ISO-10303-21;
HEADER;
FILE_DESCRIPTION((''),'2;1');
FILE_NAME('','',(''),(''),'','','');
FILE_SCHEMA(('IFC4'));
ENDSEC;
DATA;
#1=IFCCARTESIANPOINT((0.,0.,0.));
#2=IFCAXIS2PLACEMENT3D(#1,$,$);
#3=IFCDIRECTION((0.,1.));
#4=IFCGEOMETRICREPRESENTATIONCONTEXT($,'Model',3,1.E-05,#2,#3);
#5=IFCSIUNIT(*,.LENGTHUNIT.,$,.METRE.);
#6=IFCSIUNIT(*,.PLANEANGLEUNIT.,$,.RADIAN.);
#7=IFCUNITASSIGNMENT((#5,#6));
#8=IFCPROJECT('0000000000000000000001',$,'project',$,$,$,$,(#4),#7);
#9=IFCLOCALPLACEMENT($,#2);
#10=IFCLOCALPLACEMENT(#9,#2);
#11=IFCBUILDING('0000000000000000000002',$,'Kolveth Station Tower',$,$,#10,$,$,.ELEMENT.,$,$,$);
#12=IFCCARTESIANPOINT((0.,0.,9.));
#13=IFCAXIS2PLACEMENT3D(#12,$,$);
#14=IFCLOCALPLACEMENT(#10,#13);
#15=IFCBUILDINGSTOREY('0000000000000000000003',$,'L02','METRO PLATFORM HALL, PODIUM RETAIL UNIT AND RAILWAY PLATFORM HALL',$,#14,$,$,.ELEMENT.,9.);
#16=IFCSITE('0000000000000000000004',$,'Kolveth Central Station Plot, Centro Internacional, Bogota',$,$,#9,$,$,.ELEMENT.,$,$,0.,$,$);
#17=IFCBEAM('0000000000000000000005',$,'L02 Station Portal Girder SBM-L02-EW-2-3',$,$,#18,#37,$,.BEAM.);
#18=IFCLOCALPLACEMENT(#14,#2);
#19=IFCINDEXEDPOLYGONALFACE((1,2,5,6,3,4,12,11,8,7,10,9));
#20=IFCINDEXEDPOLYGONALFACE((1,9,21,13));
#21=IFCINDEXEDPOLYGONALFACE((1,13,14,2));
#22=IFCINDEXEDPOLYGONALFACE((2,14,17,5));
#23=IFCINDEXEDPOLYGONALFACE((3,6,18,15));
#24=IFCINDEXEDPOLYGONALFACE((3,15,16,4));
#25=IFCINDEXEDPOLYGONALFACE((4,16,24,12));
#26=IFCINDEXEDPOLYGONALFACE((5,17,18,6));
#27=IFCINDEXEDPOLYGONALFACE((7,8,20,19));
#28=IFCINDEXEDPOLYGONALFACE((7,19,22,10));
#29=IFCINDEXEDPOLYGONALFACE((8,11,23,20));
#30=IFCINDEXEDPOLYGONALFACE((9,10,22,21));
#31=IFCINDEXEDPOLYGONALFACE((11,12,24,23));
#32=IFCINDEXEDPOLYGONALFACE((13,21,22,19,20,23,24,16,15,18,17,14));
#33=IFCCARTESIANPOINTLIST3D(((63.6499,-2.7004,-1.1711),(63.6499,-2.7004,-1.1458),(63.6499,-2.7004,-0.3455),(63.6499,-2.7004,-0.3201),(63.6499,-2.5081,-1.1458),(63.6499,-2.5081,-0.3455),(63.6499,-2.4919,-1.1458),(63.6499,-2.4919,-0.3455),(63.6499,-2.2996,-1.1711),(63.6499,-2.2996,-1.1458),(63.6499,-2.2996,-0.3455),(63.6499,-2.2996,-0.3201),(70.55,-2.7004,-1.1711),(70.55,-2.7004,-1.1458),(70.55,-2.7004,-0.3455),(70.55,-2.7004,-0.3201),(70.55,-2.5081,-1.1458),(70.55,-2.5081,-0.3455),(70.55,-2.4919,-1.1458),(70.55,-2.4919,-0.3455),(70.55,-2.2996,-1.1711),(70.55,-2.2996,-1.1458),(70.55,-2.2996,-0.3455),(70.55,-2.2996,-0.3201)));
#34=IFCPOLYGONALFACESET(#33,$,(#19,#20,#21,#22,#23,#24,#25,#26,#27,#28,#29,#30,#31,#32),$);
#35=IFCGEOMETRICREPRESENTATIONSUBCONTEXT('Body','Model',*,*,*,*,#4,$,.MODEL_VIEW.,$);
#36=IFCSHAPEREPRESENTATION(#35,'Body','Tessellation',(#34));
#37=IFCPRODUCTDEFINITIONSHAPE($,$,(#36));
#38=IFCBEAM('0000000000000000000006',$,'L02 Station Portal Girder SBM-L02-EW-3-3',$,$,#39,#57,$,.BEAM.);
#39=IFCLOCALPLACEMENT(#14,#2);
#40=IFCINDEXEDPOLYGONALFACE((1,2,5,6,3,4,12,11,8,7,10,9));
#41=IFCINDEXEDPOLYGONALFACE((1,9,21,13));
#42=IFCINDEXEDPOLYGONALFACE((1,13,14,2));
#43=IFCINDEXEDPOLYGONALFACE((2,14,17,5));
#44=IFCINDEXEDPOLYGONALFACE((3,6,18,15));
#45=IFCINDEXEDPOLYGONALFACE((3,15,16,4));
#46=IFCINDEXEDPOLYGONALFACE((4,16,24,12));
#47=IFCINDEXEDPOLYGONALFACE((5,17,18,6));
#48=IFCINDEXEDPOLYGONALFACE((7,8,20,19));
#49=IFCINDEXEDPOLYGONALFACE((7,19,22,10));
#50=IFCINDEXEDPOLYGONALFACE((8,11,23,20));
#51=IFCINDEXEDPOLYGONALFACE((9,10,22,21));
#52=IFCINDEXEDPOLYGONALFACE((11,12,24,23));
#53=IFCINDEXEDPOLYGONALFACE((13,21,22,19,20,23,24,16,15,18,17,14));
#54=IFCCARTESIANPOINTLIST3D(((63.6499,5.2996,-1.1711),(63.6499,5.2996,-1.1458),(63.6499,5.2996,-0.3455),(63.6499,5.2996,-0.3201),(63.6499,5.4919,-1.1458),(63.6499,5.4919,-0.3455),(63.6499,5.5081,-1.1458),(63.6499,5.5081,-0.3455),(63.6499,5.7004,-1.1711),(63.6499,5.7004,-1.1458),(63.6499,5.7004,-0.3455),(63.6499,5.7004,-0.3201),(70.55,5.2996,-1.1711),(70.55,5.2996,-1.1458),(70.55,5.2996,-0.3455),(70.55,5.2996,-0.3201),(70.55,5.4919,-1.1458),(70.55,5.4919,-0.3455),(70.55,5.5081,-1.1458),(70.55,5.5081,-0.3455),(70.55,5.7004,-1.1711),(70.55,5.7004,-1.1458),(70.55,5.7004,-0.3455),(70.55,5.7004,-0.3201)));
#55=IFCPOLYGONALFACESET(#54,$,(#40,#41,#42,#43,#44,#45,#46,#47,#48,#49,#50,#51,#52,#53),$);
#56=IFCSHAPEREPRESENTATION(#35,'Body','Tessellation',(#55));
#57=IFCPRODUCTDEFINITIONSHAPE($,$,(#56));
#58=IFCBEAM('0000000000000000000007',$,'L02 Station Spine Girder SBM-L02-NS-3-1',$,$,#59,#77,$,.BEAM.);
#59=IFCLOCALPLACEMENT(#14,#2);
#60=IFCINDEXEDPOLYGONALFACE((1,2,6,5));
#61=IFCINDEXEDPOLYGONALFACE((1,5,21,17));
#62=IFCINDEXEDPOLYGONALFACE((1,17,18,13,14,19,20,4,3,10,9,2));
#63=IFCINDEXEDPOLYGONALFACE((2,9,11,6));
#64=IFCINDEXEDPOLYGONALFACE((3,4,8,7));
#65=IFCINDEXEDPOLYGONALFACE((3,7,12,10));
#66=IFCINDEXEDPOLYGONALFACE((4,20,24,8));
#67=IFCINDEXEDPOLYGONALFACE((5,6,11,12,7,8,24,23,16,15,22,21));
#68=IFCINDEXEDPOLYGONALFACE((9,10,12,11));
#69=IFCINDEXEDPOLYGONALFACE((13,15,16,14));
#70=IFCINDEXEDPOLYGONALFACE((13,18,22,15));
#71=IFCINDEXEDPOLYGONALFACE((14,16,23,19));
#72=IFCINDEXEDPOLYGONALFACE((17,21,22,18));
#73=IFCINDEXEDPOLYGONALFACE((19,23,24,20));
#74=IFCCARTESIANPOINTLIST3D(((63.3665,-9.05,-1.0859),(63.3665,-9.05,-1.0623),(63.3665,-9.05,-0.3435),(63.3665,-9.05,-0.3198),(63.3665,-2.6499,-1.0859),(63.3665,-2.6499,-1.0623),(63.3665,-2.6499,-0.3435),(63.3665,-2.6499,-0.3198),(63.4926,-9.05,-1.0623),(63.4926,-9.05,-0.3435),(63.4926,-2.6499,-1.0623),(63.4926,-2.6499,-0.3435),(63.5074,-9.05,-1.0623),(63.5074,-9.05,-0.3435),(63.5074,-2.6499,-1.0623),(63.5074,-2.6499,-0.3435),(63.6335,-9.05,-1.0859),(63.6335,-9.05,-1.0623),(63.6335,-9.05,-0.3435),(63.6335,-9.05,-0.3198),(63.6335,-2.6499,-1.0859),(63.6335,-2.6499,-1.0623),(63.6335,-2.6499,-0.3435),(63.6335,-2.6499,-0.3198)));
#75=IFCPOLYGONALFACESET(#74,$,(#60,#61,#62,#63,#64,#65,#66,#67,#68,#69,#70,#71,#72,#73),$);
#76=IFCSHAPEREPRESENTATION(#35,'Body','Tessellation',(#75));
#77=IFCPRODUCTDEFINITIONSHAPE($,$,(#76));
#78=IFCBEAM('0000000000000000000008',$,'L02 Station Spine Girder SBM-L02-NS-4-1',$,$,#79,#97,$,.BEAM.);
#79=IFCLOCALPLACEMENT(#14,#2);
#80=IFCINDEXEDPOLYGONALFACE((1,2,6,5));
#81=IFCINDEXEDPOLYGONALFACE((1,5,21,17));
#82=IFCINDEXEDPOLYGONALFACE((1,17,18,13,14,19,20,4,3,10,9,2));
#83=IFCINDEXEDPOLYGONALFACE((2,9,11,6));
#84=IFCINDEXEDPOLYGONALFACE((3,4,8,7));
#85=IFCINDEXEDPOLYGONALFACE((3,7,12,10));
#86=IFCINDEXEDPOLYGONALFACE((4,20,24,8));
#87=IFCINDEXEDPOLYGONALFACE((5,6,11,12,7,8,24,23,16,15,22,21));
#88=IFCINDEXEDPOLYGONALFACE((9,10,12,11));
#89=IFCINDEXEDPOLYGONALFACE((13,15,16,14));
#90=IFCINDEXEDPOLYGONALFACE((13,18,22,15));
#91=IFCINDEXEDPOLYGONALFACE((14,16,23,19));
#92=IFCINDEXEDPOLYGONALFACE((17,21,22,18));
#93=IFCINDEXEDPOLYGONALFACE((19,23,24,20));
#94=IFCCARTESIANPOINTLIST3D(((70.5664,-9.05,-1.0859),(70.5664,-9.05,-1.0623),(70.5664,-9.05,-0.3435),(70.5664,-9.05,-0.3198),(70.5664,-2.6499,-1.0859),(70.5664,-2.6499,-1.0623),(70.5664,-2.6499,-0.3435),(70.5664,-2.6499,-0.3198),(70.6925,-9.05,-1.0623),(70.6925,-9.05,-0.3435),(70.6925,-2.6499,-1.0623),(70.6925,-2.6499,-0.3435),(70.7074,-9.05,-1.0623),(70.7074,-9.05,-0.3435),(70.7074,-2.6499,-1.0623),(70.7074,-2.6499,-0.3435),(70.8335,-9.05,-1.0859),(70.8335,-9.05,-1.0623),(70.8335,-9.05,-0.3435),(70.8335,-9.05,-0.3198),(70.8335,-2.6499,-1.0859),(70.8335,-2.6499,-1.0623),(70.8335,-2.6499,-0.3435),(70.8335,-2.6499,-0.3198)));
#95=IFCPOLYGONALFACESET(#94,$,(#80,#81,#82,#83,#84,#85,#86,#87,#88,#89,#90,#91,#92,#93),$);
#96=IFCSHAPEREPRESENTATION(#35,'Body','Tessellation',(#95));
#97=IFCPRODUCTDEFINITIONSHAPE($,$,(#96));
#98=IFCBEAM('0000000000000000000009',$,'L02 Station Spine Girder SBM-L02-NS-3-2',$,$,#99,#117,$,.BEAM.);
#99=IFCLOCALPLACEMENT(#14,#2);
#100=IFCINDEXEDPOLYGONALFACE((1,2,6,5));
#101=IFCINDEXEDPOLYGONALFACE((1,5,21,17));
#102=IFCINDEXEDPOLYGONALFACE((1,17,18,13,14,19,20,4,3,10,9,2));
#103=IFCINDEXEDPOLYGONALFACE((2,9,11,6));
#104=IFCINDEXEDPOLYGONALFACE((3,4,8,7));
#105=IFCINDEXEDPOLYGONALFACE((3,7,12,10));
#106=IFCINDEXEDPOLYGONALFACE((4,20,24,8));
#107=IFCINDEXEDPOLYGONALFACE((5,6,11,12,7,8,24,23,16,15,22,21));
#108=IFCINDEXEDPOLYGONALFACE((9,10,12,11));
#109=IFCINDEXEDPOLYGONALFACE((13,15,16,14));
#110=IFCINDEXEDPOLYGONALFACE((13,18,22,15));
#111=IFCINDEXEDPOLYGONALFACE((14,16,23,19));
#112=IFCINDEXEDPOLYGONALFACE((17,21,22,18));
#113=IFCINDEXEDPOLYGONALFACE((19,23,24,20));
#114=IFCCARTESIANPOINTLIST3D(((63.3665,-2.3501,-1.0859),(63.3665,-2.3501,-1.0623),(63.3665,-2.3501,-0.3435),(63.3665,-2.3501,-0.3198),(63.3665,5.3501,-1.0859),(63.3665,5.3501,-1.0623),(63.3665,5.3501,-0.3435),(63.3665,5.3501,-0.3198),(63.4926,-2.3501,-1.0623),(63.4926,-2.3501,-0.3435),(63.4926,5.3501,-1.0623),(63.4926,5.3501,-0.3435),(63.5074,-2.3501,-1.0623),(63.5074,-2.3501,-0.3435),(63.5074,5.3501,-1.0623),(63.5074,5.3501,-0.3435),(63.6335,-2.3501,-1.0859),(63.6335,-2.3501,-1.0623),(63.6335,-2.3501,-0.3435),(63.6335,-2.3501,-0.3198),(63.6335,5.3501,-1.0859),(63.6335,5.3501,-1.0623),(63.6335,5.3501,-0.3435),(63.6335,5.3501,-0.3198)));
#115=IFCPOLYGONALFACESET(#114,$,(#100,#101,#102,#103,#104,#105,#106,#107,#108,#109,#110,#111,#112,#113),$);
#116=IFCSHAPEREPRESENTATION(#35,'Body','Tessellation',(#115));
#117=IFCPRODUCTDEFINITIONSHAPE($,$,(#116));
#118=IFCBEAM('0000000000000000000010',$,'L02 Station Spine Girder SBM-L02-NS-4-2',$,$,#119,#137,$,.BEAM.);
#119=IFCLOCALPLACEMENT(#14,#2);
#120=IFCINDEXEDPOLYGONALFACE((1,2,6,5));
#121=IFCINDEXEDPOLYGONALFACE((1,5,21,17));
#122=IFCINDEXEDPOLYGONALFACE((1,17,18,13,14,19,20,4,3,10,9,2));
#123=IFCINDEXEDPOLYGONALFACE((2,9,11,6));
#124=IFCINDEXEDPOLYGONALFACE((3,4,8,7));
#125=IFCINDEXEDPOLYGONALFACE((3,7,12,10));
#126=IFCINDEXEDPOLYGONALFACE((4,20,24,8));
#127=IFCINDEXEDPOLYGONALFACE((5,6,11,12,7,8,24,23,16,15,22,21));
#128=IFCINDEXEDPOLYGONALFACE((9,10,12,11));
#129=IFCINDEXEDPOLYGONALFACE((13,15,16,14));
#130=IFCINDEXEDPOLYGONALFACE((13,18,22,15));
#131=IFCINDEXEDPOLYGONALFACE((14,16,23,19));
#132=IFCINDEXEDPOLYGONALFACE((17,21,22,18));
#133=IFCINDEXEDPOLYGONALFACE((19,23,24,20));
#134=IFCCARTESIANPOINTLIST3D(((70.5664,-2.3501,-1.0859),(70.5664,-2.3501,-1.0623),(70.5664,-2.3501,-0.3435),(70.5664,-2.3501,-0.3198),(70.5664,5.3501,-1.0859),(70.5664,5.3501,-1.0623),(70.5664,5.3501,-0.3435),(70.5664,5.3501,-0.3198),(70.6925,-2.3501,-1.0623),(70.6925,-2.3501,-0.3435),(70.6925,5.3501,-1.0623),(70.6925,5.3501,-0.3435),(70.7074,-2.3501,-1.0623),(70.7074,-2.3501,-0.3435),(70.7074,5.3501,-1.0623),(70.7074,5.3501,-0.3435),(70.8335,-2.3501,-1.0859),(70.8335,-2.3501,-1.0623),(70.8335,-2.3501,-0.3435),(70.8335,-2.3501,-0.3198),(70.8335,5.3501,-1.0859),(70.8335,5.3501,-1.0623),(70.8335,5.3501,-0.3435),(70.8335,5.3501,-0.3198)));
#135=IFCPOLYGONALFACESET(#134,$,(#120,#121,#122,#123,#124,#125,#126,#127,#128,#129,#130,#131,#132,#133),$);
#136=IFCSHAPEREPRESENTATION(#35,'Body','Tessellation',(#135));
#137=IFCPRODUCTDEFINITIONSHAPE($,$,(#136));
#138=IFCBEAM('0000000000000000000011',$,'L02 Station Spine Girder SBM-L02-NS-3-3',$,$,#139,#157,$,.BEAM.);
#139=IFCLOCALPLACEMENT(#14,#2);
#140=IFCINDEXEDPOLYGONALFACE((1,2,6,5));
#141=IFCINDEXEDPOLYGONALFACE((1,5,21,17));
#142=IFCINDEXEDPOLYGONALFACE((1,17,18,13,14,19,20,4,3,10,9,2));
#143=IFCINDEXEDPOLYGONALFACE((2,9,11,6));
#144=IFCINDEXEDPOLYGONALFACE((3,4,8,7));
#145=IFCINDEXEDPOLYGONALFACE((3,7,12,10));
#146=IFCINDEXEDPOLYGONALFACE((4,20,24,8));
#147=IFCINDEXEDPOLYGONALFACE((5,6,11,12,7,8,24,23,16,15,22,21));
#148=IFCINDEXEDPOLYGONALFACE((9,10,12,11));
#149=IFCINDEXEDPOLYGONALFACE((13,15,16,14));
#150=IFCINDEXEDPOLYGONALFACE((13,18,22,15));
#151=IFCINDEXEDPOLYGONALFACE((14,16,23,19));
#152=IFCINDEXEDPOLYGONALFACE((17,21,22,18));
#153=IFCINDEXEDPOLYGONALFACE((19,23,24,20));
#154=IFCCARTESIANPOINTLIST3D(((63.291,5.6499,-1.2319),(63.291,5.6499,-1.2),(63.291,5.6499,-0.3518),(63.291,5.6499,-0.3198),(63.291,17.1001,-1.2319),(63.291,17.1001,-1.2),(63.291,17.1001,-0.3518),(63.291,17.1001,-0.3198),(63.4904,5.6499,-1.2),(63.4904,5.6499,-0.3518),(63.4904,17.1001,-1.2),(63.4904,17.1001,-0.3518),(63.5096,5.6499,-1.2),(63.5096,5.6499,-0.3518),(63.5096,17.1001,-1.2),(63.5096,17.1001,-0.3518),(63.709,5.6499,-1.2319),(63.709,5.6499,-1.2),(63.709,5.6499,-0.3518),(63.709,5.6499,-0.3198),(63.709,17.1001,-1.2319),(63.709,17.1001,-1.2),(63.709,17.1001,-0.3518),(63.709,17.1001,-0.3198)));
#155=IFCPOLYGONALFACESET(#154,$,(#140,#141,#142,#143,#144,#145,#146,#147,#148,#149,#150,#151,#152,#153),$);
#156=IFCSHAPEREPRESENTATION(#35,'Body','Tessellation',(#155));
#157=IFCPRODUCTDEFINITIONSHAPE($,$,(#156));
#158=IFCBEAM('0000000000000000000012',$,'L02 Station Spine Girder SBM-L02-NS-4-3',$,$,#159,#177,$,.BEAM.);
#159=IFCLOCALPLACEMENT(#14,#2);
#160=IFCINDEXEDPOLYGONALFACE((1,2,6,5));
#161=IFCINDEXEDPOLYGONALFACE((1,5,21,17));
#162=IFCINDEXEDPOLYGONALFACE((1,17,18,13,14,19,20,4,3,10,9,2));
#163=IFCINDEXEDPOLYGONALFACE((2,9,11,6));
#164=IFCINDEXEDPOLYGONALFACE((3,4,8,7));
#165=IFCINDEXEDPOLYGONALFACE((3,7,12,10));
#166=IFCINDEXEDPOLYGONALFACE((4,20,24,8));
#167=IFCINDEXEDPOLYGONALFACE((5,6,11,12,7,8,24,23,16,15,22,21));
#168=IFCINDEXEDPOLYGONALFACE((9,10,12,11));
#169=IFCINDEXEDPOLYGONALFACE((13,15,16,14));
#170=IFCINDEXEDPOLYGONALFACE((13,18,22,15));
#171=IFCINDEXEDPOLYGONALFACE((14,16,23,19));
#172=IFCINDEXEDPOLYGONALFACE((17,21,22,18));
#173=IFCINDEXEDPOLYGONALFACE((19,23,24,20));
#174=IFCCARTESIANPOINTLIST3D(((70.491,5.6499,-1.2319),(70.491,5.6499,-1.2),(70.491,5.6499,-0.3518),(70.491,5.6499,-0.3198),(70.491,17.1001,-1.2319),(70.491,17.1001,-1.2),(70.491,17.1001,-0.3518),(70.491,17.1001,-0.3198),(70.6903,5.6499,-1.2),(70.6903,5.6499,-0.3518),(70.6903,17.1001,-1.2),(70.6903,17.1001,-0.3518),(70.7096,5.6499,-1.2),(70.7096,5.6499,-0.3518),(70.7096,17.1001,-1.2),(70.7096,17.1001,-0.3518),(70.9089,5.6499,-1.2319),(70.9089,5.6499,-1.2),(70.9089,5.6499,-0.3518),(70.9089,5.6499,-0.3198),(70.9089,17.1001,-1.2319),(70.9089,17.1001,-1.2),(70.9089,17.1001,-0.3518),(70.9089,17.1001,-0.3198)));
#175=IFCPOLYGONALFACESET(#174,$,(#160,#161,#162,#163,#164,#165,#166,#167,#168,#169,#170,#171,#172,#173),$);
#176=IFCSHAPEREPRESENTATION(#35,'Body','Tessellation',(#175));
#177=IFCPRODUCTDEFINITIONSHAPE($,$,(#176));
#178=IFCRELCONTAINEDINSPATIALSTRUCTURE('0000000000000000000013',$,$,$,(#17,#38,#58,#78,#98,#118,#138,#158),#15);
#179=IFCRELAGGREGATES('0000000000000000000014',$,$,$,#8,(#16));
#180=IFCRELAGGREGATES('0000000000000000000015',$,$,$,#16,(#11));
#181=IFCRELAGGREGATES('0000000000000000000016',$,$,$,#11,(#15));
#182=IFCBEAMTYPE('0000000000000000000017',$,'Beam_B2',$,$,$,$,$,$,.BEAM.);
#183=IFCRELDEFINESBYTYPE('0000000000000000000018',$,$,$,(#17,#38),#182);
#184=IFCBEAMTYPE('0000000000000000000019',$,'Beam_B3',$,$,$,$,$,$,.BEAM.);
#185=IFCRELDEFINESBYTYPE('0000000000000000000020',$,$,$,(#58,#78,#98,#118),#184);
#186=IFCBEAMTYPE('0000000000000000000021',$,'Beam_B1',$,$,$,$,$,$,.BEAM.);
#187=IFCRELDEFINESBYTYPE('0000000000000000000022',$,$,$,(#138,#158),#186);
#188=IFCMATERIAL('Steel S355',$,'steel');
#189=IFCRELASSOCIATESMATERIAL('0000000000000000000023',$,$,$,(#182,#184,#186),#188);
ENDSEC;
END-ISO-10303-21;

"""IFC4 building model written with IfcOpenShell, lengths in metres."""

from ifc_helpers import new_model, si_unit, direction, frame, origin, origin_2d, place, context, subcontext, project, spatial, i_section, extrude, source, transform, mapped, material, material_profile, profile_set, type_object, element, save


model = new_model("IFC4")

# Units and contexts
model_context = context("Model", 3, precision=1e-05, world=origin(), true_north=direction((0.0, 1.0)))
body_context = subcontext(model_context, "Body", "Model", "MODEL_VIEW")
ifc_project = project(units=[si_unit("LENGTHUNIT", "METRE"), si_unit("PLANEANGLEUNIT", "RADIAN")], contexts=[model_context])

# Site, building, storey
site_placement = place(None, origin())
site = spatial("IfcSite", under=ifc_project, at=site_placement, Name="Kolveth Central Station Plot, Centro Internacional, Bogota", CompositionType="ELEMENT", RefElevation=0.0)
building_placement = place(site_placement, origin())
building = spatial("IfcBuilding", under=site, at=building_placement, Name="Kolveth Station Tower", CompositionType="ELEMENT")
storey_placement = place(building_placement, frame((0.0, 0.0, 9.0)))
storey = spatial("IfcBuildingStorey", under=building, at=storey_placement, Name="L02", Description="METRO PLATFORM HALL, PODIUM RETAIL UNIT AND RAILWAY PLATFORM HALL", CompositionType="ELEMENT", Elevation=9.0)

# Shared definitions
ifc_material_1 = material(Name="Steel S355", Category="steel")

# Beams
ifc_material_profile_1 = material_profile(ifc_material_1, i_section(OverallWidth=0.4009, OverallDepth=0.8511, WebThickness=0.0161, FlangeThickness=0.0254, at=origin_2d()), Name="W840x226")
ifc_profile_set_1 = profile_set([ifc_material_profile_1], Name="Steel S355")
beam_type_1 = type_object("IfcBeamType", Name="Beam_B2", PredefinedType="BEAM", material=ifc_profile_set_1)
shared_shape_1 = source(origin(), body_context, "Body", "SweptSolid", [
    extrude(i_section(OverallWidth=0.4009, OverallDepth=0.8511, WebThickness=0.0161, FlangeThickness=0.0254, at=origin_2d()), origin(), (0.0, 0.0, 1.0), 6.9001),
])
for number, where, z_axis, x_axis, name in (
    (1, (63.6499, -2.5, -0.7456), (1.0, 0.0, 0.0), (0.0, 1.0, 0.0), "L02 Station Portal Girder SBM-L02-EW-2-3"),
    (2, (63.6499, 5.5, -0.7456), (1.0, 0.0, 0.0), (0.0, 1.0, 0.0), "L02 Station Portal Girder SBM-L02-EW-3-3"),
):
    element("IfcBeam", number, at=place(storey_placement, frame(where, z_axis=z_axis, x_axis=x_axis)), inside=storey, type_object=beam_type_1, Name=name, PredefinedType="BEAM", context=body_context, shape_type="MappedRepresentation", body=[
        mapped(shared_shape_1, transform((0.0, 0.0, 0.0), x_axis=(1.0, 0.0, 0.0), y_axis=(0.0, 1.0, 0.0), z_axis=(0.0, 0.0, 1.0), scale=1.0)),
    ])
ifc_material_profile_2 = material_profile(ifc_material_1, i_section(OverallWidth=0.2671, OverallDepth=0.7661, WebThickness=0.0149, FlangeThickness=0.0237, at=origin_2d()), Name="W760x185")
ifc_profile_set_2 = profile_set([ifc_material_profile_2], Name="Steel S355")
beam_type_2 = type_object("IfcBeamType", Name="Beam_B3", PredefinedType="BEAM", material=ifc_profile_set_2)
shared_shape_2 = source(origin(), body_context, "Body", "SweptSolid", [
    extrude(i_section(OverallWidth=0.2671, OverallDepth=0.7661, WebThickness=0.0149, FlangeThickness=0.0237, at=origin_2d()), origin(), (0.0, 0.0, 1.0), 6.4001),
])
for number, where, z_axis, x_axis, name in (
    (3, (63.5, -9.05, -0.7029), (0.0, 1.0, 0.0), (-1.0, 0.0, 0.0), "L02 Station Spine Girder SBM-L02-NS-3-1"),
    (4, (70.7, -9.05, -0.7029), (0.0, 1.0, 0.0), (-1.0, 0.0, 0.0), "L02 Station Spine Girder SBM-L02-NS-4-1"),
):
    element("IfcBeam", number, at=place(storey_placement, frame(where, z_axis=z_axis, x_axis=x_axis)), inside=storey, type_object=beam_type_2, Name=name, PredefinedType="BEAM", context=body_context, shape_type="MappedRepresentation", body=[
        mapped(shared_shape_2, transform((0.0, 0.0, 0.0), x_axis=(1.0, 0.0, 0.0), y_axis=(0.0, 1.0, 0.0), z_axis=(0.0, 0.0, 1.0), scale=1.0)),
    ])
shared_shape_3 = source(origin(), body_context, "Body", "SweptSolid", [
    extrude(i_section(OverallWidth=0.2671, OverallDepth=0.7661, WebThickness=0.0149, FlangeThickness=0.0237, at=origin_2d()), origin(), (0.0, 0.0, 1.0), 7.7002),
])
for number, where, z_axis, x_axis, name in (
    (5, (63.5, -2.3501, -0.7029), (0.0, 1.0, 0.0), (-1.0, 0.0, 0.0), "L02 Station Spine Girder SBM-L02-NS-3-2"),
    (6, (70.7, -2.3501, -0.7029), (0.0, 1.0, 0.0), (-1.0, 0.0, 0.0), "L02 Station Spine Girder SBM-L02-NS-4-2"),
):
    element("IfcBeam", number, at=place(storey_placement, frame(where, z_axis=z_axis, x_axis=x_axis)), inside=storey, type_object=beam_type_2, Name=name, PredefinedType="BEAM", context=body_context, shape_type="MappedRepresentation", body=[
        mapped(shared_shape_3, transform((0.0, 0.0, 0.0), x_axis=(1.0, 0.0, 0.0), y_axis=(0.0, 1.0, 0.0), z_axis=(0.0, 0.0, 1.0), scale=1.0)),
    ])
ifc_material_profile_3 = material_profile(ifc_material_1, i_section(OverallWidth=0.418, OverallDepth=0.9121, WebThickness=0.0193, FlangeThickness=0.032, at=origin_2d()), Name="W920x342")
ifc_profile_set_3 = profile_set([ifc_material_profile_3], Name="Steel S355")
beam_type_3 = type_object("IfcBeamType", Name="Beam_B1", PredefinedType="BEAM", material=ifc_profile_set_3)
shared_shape_4 = source(origin(), body_context, "Body", "SweptSolid", [
    extrude(i_section(OverallWidth=0.418, OverallDepth=0.9121, WebThickness=0.0193, FlangeThickness=0.032, at=origin_2d()), origin(), (0.0, 0.0, 1.0), 11.4502),
])
for number, where, z_axis, x_axis, name in (
    (7, (63.5, 5.6499, -0.7759), (0.0, 1.0, 0.0), (-1.0, 0.0, 0.0), "L02 Station Spine Girder SBM-L02-NS-3-3"),
    (8, (70.7, 5.6499, -0.7759), (0.0, 1.0, 0.0), (-1.0, 0.0, 0.0), "L02 Station Spine Girder SBM-L02-NS-4-3"),
):
    element("IfcBeam", number, at=place(storey_placement, frame(where, z_axis=z_axis, x_axis=x_axis)), inside=storey, type_object=beam_type_3, Name=name, PredefinedType="BEAM", context=body_context, shape_type="MappedRepresentation", body=[
        mapped(shared_shape_4, transform((0.0, 0.0, 0.0), x_axis=(1.0, 0.0, 0.0), y_axis=(0.0, 1.0, 0.0), z_axis=(0.0, 0.0, 1.0), scale=1.0)),
    ])

save(model, "model.ifc")
